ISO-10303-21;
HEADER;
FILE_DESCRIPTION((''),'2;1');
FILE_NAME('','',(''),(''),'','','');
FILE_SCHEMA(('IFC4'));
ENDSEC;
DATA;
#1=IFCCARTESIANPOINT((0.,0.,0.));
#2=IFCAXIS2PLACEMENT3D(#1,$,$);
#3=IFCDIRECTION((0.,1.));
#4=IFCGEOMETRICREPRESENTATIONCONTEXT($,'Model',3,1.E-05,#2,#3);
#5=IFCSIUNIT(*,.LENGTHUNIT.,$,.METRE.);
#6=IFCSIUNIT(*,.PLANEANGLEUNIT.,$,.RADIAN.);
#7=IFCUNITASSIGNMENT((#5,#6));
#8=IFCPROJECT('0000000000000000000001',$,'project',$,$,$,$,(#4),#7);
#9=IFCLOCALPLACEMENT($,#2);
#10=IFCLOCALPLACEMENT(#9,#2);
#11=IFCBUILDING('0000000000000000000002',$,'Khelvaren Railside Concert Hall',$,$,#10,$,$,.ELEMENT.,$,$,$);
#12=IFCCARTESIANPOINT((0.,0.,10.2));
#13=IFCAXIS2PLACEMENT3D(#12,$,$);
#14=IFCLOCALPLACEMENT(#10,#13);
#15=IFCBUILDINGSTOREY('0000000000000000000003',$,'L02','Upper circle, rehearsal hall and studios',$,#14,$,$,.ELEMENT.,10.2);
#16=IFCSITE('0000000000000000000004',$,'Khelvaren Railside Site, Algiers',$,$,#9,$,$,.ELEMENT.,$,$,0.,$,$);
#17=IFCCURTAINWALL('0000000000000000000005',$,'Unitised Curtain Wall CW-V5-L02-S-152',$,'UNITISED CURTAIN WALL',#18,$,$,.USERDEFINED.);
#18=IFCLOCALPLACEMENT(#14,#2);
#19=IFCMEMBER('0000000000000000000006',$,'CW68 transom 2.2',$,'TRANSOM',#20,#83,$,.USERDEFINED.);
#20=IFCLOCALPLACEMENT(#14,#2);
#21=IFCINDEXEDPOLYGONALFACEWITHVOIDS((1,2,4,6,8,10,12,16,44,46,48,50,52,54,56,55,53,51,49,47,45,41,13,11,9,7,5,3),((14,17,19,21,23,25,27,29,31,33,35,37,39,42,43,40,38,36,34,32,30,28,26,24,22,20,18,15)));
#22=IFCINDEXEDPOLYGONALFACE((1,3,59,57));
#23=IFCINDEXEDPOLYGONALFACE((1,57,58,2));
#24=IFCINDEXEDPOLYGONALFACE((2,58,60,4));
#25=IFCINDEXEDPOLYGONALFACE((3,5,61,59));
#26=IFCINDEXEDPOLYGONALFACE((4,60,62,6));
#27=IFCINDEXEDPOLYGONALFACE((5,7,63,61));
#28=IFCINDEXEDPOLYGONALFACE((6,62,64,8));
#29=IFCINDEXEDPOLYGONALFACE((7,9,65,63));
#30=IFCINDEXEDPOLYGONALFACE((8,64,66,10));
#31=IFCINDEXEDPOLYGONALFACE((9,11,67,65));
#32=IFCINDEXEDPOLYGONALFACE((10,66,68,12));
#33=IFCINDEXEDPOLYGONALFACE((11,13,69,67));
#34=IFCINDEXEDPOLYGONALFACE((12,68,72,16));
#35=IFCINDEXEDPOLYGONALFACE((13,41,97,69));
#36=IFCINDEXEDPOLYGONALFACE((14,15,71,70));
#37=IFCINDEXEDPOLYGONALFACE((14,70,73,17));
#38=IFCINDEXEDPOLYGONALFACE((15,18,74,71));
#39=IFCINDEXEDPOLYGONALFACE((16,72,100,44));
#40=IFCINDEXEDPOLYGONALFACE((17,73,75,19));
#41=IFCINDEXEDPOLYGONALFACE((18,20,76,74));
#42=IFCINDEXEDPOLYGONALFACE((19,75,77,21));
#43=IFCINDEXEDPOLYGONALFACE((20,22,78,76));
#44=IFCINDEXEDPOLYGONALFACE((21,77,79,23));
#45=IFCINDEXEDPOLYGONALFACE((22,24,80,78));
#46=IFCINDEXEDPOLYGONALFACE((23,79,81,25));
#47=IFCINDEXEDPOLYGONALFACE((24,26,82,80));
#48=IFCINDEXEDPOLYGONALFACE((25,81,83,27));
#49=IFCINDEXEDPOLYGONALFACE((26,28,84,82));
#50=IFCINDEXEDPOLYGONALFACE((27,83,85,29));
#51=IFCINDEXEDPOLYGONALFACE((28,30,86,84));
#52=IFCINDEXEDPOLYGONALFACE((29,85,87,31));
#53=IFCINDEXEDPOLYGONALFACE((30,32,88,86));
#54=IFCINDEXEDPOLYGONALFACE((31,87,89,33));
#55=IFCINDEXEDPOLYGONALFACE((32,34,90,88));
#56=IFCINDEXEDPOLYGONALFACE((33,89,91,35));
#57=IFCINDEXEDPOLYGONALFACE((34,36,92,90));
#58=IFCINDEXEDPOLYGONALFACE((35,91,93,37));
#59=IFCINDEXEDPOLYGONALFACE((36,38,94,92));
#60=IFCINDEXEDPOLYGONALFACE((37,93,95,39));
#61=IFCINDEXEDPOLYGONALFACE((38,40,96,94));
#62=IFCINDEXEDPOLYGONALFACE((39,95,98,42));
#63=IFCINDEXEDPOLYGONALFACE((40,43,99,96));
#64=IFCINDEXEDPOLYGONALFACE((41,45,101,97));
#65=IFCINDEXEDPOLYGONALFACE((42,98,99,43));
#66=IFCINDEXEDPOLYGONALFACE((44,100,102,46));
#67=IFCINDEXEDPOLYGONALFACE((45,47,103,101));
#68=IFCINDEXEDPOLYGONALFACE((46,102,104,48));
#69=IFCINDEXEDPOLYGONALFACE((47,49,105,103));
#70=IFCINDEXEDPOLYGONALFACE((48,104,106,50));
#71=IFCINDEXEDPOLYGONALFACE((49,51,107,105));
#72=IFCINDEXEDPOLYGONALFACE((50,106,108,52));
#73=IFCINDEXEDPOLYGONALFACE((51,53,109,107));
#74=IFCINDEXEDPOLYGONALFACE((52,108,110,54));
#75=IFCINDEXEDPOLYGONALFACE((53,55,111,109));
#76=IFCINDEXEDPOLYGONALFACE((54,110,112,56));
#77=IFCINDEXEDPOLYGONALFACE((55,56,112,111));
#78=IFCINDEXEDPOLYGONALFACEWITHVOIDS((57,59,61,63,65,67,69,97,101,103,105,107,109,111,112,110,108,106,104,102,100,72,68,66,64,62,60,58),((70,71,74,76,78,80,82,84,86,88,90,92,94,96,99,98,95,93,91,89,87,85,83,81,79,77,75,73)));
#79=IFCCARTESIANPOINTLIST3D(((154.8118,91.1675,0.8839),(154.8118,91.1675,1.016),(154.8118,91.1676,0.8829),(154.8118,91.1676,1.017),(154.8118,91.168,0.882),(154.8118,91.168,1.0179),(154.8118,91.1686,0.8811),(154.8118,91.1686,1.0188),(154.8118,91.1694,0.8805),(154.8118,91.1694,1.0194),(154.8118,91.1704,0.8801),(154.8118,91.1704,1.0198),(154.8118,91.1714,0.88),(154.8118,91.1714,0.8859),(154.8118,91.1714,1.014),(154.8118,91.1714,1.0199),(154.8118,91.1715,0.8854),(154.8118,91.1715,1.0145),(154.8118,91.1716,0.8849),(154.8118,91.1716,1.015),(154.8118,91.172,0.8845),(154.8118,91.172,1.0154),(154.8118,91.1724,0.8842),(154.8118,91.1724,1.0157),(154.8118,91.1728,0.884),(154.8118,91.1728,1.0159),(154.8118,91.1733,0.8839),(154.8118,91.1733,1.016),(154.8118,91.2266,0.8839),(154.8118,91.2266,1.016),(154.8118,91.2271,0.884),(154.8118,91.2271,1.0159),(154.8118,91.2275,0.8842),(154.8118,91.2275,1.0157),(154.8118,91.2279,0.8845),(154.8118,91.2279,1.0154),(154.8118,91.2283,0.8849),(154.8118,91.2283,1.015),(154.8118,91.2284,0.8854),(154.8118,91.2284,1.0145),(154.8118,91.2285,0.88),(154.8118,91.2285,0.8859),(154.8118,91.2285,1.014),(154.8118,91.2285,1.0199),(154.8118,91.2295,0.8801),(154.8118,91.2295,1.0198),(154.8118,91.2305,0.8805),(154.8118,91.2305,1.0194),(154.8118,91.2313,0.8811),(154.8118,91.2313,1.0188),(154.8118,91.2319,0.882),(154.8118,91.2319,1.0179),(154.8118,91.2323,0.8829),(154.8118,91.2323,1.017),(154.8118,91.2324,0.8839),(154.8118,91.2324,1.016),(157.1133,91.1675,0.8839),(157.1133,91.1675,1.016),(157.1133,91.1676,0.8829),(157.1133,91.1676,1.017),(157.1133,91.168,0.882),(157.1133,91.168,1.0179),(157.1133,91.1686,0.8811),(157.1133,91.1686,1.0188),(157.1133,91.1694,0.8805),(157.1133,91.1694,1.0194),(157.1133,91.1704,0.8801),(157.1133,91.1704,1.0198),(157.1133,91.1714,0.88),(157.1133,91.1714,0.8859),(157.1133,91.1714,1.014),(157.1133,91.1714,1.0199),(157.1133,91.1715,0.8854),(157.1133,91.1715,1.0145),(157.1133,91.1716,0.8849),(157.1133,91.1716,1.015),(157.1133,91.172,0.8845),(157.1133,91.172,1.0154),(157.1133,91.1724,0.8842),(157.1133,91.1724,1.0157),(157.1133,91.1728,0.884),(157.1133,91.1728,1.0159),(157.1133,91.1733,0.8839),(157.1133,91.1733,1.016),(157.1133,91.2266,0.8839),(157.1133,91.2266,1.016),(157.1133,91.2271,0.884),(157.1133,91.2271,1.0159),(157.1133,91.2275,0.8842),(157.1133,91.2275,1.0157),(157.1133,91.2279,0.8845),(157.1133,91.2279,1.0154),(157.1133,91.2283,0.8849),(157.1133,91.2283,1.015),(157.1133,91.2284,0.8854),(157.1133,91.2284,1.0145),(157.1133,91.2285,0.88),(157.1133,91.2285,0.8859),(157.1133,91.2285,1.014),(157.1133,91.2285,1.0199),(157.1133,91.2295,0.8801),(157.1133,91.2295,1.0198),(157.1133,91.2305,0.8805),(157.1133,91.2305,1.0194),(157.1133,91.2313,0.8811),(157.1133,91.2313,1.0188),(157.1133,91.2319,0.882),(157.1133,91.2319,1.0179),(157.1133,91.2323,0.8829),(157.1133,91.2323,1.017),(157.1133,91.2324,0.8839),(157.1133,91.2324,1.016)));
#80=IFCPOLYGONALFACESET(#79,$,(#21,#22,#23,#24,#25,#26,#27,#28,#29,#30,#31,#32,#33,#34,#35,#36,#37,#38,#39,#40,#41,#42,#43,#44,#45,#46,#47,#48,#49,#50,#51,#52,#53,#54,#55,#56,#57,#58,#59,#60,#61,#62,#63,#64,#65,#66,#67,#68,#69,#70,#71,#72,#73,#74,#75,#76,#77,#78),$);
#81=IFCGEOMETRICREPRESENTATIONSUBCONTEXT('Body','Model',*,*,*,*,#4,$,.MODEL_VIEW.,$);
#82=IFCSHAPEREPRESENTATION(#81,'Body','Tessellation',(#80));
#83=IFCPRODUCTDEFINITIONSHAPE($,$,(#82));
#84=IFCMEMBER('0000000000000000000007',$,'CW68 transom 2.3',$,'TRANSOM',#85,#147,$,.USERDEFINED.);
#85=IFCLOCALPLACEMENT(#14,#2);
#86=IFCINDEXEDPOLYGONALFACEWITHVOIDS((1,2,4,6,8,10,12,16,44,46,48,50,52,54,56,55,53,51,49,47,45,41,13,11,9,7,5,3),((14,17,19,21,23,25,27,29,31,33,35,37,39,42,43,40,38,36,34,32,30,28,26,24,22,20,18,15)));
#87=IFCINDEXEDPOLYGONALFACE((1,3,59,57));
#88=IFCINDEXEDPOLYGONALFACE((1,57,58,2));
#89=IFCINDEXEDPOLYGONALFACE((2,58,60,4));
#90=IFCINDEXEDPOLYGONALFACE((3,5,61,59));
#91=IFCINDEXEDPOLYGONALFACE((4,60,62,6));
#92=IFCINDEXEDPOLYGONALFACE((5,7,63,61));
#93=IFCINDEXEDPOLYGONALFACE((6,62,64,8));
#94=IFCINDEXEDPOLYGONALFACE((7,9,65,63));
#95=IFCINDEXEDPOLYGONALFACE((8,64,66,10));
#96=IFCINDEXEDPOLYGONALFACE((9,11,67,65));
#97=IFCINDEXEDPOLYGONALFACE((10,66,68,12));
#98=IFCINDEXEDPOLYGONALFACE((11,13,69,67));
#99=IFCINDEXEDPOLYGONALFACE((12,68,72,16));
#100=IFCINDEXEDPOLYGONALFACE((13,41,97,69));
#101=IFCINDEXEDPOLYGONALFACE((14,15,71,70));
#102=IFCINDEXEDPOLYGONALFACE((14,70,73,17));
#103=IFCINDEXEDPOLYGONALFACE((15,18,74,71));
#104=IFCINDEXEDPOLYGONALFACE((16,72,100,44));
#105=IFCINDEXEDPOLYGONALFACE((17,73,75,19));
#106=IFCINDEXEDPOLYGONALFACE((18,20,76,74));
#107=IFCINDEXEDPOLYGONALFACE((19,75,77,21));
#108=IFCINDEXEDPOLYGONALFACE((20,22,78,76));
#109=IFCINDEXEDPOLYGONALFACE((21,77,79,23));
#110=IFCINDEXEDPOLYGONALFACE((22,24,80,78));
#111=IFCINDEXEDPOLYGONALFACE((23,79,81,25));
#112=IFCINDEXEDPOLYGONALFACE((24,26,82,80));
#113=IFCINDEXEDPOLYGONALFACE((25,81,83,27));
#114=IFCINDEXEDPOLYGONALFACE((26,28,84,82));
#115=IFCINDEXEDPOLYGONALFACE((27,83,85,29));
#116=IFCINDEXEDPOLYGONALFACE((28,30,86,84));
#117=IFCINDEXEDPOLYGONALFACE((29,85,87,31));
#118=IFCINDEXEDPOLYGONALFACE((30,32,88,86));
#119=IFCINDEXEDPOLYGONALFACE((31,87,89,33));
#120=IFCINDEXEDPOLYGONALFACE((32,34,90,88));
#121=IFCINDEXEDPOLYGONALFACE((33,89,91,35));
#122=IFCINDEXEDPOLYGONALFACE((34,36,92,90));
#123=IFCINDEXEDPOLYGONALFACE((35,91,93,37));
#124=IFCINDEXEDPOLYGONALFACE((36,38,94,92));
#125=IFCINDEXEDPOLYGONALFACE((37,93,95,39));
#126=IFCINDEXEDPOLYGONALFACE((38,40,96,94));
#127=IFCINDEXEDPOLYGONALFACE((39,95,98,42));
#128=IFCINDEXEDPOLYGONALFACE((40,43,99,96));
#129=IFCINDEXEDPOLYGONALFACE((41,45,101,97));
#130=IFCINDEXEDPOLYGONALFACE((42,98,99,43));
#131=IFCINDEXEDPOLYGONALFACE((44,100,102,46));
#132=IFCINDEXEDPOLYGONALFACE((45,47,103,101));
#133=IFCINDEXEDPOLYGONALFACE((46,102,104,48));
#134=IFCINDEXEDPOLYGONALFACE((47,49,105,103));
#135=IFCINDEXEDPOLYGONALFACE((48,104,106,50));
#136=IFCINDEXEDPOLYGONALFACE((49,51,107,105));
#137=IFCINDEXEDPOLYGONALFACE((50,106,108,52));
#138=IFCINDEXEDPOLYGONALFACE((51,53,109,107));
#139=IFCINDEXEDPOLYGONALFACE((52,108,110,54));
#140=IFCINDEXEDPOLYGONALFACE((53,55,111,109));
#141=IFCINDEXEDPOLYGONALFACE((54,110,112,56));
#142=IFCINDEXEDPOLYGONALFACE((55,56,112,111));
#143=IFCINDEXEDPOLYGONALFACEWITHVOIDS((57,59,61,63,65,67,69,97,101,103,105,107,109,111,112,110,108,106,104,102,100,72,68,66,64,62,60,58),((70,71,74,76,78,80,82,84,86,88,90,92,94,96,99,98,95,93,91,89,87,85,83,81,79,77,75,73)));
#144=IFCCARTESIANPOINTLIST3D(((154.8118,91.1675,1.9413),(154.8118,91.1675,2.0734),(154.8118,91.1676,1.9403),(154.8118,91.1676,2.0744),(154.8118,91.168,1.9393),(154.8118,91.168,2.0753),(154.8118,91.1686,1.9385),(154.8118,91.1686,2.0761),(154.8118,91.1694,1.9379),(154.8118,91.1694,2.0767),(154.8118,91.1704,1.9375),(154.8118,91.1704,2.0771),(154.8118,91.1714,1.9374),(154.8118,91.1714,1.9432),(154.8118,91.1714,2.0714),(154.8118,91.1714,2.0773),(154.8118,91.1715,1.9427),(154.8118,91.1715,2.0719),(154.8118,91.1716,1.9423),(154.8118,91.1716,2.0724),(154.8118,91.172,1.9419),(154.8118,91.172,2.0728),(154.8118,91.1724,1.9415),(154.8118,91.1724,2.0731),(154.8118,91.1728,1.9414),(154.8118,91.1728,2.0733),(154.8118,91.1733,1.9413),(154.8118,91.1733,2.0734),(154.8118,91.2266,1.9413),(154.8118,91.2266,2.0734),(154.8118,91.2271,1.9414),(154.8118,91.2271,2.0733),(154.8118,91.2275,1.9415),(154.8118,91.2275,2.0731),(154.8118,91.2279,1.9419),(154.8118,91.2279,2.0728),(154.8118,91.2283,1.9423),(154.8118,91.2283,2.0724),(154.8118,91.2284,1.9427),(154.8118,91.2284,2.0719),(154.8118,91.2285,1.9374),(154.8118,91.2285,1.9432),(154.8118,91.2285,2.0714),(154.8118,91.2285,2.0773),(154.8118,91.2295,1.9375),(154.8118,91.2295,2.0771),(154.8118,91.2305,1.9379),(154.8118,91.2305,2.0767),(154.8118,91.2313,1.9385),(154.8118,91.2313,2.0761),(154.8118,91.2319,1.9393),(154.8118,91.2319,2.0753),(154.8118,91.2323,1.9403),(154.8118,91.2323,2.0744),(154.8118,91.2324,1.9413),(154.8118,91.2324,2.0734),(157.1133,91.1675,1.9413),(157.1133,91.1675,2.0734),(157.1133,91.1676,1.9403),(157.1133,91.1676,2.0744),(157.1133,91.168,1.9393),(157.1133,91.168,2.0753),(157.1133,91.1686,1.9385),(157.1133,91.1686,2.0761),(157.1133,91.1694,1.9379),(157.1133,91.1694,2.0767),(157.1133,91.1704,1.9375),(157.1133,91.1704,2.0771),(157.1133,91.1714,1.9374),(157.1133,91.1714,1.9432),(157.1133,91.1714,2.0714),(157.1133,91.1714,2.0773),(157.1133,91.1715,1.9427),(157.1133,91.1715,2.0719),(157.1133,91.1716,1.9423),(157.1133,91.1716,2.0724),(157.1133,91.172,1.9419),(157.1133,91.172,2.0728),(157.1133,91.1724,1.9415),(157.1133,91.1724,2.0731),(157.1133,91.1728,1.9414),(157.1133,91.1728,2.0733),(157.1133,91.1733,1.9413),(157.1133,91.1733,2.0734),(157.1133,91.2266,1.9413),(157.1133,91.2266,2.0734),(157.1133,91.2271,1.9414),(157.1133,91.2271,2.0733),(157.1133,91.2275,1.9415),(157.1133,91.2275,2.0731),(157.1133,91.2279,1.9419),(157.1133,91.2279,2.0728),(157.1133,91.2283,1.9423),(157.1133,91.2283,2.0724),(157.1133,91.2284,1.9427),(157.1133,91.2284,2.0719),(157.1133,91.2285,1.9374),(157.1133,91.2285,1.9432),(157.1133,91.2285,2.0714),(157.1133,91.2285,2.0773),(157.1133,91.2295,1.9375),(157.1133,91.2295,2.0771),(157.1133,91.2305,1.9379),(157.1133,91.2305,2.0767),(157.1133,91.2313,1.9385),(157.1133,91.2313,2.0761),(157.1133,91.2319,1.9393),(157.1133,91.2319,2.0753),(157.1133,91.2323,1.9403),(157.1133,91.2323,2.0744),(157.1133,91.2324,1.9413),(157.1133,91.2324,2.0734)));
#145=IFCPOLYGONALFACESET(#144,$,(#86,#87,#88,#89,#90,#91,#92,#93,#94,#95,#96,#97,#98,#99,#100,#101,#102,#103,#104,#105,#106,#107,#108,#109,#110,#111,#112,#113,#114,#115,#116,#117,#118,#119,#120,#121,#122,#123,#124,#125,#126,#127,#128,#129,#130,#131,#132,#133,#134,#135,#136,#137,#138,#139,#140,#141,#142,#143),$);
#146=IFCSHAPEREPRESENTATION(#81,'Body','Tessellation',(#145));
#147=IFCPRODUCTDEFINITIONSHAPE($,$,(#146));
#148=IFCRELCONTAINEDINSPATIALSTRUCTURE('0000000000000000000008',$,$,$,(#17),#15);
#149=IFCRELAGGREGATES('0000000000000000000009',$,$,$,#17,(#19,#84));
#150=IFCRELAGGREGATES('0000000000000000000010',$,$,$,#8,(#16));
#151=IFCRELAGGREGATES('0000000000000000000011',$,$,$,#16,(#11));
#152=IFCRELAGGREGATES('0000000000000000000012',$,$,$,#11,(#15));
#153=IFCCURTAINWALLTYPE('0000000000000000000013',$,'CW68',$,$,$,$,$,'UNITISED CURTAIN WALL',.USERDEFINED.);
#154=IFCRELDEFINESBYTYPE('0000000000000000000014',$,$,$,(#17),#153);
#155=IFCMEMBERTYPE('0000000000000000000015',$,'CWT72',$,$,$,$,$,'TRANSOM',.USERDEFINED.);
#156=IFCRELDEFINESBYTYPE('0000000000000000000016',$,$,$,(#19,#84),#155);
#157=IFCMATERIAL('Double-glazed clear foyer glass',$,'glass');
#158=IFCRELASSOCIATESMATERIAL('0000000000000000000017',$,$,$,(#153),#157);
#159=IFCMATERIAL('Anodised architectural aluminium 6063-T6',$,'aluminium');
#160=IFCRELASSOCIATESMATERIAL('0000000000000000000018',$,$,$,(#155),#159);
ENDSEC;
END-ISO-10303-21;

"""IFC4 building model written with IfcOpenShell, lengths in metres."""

from ifc_helpers import new_model, si_unit, direction, frame, origin, origin_2d, place, context, subcontext, project, spatial, hollow_rectangle, extrude, material, material_profile, profile_set, type_object, element, aggregate, save


model = new_model("IFC4")

# Units and contexts
model_context = context("Model", 3, precision=1e-05, world=origin(), true_north=direction((0.0, 1.0)))
body_context = subcontext(model_context, "Body", "Model", "MODEL_VIEW")
ifc_project = project(units=[si_unit("LENGTHUNIT", "METRE"), si_unit("PLANEANGLEUNIT", "RADIAN")], contexts=[model_context])

# Site, building, storey
site_placement = place(None, origin())
site = spatial("IfcSite", under=ifc_project, at=site_placement, Name="Khelvaren Railside Site, Algiers", CompositionType="ELEMENT", RefElevation=0.0)
building_placement = place(site_placement, origin())
building = spatial("IfcBuilding", under=site, at=building_placement, Name="Khelvaren Railside Concert Hall", CompositionType="ELEMENT")
storey_placement = place(building_placement, frame((0.0, 0.0, 10.2)))
storey = spatial("IfcBuildingStorey", under=building, at=storey_placement, Name="L02", Description="Upper circle, rehearsal hall and studios", CompositionType="ELEMENT", Elevation=10.2)

# Curtain wall, members
ifc_material_1 = material(Name="Double-glazed clear foyer glass", Category="glass")
curtain_wall_type = type_object("IfcCurtainWallType", Name="CW68", ElementType="UNITISED CURTAIN WALL", PredefinedType="USERDEFINED", material=ifc_material_1)
curtain_wall_placement = place(storey_placement, origin())
curtain_wall = element("IfcCurtainWall", 1, at=curtain_wall_placement, inside=storey, type_object=curtain_wall_type, Name="Unitised Curtain Wall CW-V5-L02-S-152", ObjectType="UNITISED CURTAIN WALL", PredefinedType="USERDEFINED")
ifc_material_2 = material(Name="Anodised architectural aluminium 6063-T6", Category="aluminium")
ifc_material_profile_1 = material_profile(ifc_material_2, hollow_rectangle(XDim=0.0649, YDim=0.1399, WallThickness=0.0039, InnerFilletRadius=0.002, OuterFilletRadius=0.0039, at=origin_2d()), Name="CWT 65x140x4")
ifc_profile_set_1 = profile_set([ifc_material_profile_1], Name="Anodised architectural aluminium 6063-T6")
member_type_1 = type_object("IfcMemberType", Name="CWT72", ElementType="TRANSOM", PredefinedType="USERDEFINED", material=ifc_profile_set_1)
member_1_placement = place(storey_placement, frame((157.1133, 91.2, 0.95), z_axis=(-1.0, 0.0, 0.0), x_axis=(0.0, -1.0, 0.0)))
member_1 = element("IfcMember", 2, at=member_1_placement, type_object=member_type_1, Name="CW68 transom 2.2", ObjectType="TRANSOM", PredefinedType="USERDEFINED", context=body_context, shape_type="SweptSolid", body=[
    extrude(hollow_rectangle(XDim=0.0649, YDim=0.1399, WallThickness=0.0039, InnerFilletRadius=0.002, OuterFilletRadius=0.0039, at=origin_2d()), origin(), (0.0, 0.0, 1.0), 2.3015),
])
member_2_placement = place(storey_placement, frame((157.1133, 91.2, 2.0073), z_axis=(-1.0, 0.0, 0.0), x_axis=(0.0, -1.0, 0.0)))
member_2 = element("IfcMember", 3, at=member_2_placement, type_object=member_type_1, Name="CW68 transom 2.3", ObjectType="TRANSOM", PredefinedType="USERDEFINED", context=body_context, shape_type="SweptSolid", body=[
    extrude(hollow_rectangle(XDim=0.0649, YDim=0.1399, WallThickness=0.0039, InnerFilletRadius=0.002, OuterFilletRadius=0.0039, at=origin_2d()), origin(), (0.0, 0.0, 1.0), 2.3015),
])

aggregate(curtain_wall, [member_1, member_2])

save(model, "model.ifc")
